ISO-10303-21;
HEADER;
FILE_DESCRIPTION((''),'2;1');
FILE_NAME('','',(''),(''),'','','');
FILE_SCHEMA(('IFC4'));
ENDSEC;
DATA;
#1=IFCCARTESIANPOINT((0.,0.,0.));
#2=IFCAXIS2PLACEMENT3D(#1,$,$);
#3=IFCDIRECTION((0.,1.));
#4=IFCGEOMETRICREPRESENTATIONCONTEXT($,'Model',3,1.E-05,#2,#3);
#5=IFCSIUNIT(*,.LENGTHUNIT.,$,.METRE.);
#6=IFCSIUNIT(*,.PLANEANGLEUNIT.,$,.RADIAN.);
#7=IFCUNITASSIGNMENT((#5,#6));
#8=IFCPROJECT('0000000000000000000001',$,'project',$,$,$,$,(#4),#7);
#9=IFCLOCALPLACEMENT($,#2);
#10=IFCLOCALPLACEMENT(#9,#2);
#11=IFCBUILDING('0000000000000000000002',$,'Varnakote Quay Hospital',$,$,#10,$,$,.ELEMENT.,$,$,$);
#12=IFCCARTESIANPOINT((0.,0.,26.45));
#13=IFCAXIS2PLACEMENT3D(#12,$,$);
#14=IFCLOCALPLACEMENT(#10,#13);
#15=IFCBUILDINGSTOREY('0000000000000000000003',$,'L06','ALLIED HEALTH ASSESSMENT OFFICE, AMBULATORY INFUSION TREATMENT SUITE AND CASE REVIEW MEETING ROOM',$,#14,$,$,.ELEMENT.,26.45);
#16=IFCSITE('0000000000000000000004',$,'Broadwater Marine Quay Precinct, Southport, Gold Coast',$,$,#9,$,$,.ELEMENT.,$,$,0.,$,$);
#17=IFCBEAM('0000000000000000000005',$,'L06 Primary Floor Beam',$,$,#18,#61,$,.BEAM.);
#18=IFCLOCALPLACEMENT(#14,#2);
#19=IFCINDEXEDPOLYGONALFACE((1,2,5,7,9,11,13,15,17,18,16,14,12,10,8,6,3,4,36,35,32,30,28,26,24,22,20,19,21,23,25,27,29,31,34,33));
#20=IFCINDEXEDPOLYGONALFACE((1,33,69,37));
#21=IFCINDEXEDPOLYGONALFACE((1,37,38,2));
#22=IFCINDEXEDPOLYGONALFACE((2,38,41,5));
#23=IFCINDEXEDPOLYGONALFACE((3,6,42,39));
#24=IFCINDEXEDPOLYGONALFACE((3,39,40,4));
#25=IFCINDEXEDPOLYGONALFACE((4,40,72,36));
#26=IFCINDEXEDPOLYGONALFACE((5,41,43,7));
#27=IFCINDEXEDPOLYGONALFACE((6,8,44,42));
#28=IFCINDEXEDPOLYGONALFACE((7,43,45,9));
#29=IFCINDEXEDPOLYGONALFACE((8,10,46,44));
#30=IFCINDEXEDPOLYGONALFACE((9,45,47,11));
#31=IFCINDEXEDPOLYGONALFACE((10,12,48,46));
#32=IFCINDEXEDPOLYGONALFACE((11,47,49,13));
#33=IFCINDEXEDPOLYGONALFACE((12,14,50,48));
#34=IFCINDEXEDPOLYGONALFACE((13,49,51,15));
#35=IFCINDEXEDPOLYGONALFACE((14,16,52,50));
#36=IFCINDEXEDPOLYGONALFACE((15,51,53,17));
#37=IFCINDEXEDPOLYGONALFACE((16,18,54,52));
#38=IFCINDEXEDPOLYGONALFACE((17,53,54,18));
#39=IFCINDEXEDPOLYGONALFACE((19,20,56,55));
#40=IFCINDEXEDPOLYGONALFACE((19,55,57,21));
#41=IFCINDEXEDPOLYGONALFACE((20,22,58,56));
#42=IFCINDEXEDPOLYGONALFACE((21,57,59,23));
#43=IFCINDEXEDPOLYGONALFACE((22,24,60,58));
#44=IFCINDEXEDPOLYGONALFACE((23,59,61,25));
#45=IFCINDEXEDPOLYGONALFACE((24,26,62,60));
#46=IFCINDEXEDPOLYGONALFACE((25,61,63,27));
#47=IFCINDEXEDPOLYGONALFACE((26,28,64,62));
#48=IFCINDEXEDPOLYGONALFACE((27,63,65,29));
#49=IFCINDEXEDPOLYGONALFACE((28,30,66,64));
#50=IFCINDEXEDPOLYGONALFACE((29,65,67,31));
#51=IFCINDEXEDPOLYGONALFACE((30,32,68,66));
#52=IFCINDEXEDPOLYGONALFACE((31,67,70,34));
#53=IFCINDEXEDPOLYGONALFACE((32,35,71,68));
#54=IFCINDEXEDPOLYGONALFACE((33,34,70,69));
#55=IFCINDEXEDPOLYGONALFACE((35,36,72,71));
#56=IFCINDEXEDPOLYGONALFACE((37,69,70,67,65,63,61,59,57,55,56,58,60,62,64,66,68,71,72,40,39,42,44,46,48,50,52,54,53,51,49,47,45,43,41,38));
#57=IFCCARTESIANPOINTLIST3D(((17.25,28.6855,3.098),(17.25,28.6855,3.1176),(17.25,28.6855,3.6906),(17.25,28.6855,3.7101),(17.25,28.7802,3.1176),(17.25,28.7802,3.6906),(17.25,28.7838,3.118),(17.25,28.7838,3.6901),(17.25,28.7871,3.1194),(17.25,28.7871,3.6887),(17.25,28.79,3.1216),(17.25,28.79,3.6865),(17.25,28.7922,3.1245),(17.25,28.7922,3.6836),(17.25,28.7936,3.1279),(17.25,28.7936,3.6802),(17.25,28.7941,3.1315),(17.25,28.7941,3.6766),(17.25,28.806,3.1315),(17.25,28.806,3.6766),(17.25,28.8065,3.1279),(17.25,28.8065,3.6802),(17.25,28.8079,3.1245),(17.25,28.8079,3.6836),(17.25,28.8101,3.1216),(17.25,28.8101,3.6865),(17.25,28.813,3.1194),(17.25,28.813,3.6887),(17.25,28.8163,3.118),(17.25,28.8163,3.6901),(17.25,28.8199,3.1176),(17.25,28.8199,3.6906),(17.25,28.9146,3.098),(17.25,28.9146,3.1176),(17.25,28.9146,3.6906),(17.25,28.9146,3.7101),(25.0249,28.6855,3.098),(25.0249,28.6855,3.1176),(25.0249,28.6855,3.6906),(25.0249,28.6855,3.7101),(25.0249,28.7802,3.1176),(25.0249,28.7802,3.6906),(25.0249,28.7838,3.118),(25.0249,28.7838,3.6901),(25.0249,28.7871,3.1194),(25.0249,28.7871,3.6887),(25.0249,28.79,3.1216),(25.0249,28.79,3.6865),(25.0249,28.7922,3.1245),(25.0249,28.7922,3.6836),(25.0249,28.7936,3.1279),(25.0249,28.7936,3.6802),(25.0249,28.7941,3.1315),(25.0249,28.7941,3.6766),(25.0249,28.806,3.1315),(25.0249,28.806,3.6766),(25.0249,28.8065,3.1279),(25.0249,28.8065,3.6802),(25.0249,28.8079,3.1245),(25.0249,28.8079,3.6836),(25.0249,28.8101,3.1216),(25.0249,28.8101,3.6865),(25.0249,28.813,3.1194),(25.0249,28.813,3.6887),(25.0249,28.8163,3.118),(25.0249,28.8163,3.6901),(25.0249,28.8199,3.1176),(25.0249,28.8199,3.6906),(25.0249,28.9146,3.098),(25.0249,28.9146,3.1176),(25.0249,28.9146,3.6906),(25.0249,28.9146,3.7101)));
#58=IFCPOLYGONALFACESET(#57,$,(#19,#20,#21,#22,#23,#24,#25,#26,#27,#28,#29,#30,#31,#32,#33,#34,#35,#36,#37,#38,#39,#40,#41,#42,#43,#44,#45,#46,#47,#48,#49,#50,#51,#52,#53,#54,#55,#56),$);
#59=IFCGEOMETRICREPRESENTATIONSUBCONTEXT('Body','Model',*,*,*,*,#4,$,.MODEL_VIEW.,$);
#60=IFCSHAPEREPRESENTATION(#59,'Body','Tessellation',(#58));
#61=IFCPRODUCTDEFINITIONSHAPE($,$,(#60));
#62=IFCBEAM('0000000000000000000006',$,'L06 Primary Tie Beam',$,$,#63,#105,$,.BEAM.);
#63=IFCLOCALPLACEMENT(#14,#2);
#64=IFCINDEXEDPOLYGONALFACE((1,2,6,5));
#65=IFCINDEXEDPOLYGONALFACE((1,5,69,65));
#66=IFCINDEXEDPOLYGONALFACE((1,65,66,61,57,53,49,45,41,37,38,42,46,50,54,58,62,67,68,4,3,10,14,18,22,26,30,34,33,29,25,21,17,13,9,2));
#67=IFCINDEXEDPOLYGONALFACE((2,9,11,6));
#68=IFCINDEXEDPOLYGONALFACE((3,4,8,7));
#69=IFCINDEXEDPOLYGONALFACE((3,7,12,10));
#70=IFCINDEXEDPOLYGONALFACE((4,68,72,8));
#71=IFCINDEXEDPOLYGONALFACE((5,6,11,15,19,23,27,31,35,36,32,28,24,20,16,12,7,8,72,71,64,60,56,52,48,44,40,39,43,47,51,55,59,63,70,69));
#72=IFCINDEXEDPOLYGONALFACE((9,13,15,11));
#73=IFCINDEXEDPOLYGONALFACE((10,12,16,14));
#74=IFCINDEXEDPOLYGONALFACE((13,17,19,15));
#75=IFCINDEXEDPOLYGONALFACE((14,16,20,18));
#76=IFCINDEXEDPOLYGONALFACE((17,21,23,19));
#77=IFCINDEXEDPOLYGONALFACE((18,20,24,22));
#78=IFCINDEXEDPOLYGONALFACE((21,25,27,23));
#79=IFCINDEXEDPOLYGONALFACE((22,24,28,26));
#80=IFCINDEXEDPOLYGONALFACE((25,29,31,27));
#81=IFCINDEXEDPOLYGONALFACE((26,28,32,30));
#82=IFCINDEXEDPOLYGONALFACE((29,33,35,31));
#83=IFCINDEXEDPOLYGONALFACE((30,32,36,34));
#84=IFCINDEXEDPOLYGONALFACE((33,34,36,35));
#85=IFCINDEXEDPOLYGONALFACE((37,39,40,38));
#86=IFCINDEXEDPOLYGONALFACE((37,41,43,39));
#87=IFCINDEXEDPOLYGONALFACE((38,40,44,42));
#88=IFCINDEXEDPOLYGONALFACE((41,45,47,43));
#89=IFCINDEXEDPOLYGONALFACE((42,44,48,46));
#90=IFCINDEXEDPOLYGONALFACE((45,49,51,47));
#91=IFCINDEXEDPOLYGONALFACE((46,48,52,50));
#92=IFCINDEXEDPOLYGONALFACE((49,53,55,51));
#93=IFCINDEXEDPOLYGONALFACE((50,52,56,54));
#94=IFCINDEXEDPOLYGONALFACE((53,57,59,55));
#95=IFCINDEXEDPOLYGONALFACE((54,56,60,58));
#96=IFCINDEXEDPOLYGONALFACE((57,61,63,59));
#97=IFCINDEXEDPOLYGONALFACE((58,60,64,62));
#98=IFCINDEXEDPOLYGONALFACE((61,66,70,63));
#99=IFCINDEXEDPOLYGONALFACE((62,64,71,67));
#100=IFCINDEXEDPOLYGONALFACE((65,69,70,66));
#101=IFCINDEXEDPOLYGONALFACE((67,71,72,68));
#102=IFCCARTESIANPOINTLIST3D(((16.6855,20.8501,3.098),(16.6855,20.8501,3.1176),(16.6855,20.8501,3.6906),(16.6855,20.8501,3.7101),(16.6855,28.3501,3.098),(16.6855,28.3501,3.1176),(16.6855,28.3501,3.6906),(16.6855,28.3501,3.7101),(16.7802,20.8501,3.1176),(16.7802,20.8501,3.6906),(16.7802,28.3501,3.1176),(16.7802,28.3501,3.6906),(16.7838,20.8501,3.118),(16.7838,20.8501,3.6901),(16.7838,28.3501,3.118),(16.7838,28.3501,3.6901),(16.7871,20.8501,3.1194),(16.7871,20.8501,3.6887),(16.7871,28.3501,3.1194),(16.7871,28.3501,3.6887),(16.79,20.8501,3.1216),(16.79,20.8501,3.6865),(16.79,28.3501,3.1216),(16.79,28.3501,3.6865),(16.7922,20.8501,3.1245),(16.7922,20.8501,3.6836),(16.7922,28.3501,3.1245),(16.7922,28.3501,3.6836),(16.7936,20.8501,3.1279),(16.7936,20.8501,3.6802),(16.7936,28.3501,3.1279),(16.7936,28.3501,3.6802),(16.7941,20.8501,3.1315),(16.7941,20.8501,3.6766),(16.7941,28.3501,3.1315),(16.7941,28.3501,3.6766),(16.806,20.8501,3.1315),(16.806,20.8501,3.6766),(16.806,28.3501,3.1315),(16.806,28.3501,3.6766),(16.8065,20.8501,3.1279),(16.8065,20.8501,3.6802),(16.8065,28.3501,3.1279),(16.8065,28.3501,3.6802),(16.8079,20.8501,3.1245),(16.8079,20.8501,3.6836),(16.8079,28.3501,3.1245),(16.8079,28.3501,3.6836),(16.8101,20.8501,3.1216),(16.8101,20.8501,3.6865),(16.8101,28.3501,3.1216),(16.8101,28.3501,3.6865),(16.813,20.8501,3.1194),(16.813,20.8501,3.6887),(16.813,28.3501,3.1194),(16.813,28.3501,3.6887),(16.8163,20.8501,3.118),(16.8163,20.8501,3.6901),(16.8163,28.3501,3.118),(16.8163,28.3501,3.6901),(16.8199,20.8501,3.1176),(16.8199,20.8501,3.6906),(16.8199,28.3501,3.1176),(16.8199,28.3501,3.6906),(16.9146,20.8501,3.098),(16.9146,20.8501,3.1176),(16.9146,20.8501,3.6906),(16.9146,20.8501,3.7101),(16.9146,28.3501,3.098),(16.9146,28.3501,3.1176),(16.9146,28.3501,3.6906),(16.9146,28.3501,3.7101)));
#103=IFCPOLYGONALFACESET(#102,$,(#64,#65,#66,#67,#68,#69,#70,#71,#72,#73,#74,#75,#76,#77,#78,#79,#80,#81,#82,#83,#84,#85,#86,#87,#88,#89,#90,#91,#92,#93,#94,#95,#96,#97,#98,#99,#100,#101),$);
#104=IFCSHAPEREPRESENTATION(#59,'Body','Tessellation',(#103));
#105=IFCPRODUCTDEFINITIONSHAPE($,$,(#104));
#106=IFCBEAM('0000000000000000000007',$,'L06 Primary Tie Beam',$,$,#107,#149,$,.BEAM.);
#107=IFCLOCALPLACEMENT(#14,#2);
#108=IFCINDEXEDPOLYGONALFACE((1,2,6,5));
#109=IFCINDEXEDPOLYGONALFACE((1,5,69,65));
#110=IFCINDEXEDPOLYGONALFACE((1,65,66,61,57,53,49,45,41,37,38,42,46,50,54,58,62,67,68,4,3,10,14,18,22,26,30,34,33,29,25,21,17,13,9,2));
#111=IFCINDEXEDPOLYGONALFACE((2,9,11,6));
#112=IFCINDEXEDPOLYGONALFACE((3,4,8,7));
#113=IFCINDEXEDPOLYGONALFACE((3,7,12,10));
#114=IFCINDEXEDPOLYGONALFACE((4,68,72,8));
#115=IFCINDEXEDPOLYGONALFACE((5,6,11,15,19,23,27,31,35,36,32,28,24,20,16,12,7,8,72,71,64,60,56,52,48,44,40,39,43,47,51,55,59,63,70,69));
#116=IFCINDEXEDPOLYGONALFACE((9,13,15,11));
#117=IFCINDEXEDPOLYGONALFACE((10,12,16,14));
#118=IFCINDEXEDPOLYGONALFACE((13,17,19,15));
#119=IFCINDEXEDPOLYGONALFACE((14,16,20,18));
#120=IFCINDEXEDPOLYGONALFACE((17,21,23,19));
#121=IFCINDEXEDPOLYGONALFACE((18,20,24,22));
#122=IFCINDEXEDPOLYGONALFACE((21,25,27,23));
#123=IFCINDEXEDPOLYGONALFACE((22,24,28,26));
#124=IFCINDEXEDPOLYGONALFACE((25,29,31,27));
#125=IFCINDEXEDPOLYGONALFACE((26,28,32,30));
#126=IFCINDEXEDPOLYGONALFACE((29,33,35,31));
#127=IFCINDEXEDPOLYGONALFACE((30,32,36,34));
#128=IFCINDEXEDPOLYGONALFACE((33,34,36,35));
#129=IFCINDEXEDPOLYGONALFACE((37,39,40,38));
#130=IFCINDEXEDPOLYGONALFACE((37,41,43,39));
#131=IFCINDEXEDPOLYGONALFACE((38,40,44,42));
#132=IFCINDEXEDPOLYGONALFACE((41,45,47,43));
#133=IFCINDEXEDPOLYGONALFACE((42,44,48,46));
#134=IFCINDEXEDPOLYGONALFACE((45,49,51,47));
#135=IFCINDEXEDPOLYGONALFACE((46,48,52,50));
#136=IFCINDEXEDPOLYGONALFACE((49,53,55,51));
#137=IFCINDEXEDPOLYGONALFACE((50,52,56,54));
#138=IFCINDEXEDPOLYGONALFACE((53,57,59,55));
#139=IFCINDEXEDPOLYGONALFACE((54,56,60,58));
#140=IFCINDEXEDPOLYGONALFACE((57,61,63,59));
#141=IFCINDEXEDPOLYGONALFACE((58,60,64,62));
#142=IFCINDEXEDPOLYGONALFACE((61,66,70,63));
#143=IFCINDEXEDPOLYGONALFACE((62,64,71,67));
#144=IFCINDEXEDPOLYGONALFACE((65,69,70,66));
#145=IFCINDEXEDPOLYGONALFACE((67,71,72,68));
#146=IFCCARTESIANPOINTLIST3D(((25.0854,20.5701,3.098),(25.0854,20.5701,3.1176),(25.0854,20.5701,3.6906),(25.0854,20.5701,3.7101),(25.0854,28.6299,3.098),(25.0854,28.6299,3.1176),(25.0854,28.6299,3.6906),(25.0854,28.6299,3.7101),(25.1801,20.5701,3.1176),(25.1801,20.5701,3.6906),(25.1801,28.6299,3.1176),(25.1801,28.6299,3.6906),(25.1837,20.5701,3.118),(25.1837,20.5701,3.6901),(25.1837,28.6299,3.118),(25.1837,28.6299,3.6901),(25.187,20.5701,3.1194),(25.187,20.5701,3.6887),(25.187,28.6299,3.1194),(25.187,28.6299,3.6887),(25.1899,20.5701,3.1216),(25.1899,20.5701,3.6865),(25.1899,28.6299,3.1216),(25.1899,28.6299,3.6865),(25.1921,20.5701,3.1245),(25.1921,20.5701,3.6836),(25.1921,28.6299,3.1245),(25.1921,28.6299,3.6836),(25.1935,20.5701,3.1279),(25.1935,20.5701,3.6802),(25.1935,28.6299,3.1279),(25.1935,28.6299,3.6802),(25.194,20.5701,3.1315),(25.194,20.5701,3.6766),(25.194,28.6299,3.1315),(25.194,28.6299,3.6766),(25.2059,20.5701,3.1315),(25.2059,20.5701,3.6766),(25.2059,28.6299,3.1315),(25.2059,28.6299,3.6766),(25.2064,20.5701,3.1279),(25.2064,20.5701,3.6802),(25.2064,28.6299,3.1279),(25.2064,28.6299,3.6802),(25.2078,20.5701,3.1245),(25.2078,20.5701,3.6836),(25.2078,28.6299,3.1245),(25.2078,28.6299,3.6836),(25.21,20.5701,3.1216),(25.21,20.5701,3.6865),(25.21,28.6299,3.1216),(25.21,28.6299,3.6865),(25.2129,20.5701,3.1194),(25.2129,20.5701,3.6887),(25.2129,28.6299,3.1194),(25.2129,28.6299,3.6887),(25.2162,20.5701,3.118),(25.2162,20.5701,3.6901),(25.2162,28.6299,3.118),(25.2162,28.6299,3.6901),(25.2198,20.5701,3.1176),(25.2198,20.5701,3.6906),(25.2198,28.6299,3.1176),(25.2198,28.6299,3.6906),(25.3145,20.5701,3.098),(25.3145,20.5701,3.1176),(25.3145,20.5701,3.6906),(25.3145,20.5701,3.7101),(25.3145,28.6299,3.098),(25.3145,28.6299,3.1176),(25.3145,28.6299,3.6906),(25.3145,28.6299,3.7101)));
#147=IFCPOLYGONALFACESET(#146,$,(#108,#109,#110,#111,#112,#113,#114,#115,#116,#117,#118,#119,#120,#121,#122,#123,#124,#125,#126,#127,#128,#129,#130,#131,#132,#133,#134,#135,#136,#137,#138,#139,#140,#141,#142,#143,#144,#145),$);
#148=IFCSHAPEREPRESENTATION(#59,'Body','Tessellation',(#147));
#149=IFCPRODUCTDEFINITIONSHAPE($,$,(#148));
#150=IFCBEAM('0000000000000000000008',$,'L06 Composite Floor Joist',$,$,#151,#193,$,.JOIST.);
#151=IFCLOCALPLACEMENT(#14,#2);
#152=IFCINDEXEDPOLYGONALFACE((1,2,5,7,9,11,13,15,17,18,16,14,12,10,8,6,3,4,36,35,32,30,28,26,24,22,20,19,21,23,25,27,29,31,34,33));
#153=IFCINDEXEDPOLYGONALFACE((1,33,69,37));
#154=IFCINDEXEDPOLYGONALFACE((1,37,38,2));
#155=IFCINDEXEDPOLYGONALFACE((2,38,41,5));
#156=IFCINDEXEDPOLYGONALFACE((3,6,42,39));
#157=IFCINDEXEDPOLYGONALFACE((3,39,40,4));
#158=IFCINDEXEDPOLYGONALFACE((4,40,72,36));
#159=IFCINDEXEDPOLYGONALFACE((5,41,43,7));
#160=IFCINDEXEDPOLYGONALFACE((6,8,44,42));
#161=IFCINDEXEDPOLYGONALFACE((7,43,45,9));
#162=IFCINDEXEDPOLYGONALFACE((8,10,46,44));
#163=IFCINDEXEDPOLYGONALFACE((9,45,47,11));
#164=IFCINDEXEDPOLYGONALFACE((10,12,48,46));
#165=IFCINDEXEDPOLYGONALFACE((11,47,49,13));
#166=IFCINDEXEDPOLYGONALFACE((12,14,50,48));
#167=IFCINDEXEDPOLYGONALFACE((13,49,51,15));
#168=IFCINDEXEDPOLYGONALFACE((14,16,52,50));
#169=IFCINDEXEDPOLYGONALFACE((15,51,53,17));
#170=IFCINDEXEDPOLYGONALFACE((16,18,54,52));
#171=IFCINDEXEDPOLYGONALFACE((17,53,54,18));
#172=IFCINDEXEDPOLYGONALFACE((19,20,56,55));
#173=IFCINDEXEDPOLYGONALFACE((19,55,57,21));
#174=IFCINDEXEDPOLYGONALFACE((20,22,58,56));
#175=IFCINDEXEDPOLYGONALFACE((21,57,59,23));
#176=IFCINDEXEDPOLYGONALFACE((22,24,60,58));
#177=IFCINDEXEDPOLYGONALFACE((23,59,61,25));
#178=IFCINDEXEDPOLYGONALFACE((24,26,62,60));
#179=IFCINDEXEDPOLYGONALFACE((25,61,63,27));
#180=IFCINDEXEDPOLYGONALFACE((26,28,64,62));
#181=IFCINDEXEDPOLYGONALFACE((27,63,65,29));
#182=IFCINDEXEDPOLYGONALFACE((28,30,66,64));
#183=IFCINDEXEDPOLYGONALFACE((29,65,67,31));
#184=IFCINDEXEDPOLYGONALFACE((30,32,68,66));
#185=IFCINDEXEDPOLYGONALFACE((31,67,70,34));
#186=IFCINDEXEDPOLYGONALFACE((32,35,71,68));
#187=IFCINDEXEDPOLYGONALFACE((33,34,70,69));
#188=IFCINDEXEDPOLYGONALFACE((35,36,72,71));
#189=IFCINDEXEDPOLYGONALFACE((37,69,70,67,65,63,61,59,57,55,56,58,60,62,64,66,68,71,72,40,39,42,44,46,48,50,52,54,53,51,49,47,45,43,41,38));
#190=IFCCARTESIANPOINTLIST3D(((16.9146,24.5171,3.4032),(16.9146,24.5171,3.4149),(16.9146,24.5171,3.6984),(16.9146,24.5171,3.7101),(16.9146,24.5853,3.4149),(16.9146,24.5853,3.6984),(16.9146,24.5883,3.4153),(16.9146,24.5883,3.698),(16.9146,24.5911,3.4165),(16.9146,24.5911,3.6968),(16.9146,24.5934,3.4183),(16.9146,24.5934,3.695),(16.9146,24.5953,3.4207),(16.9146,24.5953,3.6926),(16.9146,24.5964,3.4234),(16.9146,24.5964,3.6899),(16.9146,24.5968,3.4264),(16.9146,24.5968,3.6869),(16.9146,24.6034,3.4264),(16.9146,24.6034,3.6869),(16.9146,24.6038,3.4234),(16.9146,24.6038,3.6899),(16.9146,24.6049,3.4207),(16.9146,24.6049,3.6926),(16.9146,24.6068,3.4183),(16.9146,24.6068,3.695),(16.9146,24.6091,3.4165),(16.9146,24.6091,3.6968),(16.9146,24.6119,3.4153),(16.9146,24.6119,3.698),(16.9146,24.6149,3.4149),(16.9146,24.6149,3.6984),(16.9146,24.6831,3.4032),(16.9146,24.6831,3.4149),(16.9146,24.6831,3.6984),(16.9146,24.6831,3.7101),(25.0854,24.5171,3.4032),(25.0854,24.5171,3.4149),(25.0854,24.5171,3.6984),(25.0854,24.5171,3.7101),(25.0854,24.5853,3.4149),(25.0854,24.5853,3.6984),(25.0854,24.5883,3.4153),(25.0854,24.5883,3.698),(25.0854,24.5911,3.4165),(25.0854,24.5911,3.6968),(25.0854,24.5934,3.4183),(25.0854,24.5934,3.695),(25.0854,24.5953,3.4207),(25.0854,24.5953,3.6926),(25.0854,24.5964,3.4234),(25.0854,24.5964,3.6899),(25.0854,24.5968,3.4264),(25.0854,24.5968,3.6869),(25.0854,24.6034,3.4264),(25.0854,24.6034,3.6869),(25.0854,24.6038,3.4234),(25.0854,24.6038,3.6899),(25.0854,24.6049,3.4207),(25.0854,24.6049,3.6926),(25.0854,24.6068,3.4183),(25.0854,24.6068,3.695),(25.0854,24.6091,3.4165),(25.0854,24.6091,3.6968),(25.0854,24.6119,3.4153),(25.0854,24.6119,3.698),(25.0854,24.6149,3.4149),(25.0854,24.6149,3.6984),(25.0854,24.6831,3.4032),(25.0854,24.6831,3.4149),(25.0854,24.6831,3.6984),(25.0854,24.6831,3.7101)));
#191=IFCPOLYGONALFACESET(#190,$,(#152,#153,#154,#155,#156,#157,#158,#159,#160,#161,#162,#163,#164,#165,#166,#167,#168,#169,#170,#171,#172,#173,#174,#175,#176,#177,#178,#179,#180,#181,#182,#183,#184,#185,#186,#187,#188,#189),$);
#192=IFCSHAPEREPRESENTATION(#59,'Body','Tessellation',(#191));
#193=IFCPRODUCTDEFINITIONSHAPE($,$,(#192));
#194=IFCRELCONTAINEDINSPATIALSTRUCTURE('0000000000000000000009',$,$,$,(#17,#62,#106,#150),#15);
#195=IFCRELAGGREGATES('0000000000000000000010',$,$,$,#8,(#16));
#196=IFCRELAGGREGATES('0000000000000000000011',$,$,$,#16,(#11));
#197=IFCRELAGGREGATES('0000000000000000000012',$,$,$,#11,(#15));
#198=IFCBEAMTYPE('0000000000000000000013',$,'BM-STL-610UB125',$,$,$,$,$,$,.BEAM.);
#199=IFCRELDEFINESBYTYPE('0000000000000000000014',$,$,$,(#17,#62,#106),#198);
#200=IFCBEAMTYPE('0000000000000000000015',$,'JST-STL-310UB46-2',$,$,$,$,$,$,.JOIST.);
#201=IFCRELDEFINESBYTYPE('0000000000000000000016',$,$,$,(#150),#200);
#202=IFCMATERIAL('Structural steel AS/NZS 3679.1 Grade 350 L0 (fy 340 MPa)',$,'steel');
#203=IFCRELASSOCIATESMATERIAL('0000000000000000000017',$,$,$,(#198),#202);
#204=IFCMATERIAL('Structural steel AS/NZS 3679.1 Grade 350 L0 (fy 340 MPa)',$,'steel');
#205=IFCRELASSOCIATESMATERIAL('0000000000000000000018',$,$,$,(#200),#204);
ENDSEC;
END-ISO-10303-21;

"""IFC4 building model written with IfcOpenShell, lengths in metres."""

from ifc_helpers import new_model, si_unit, direction, frame, origin, origin_2d, place, context, subcontext, project, spatial, i_section, extrude, material, material_profile, profile_set, type_object, element, save


model = new_model("IFC4")

# Units and contexts
model_context = context("Model", 3, precision=1e-05, world=origin(), true_north=direction((0.0, 1.0)))
body_context = subcontext(model_context, "Body", "Model", "MODEL_VIEW")
ifc_project = project(units=[si_unit("LENGTHUNIT", "METRE"), si_unit("PLANEANGLEUNIT", "RADIAN")], contexts=[model_context])

# Site, building, storey
site_placement = place(None, origin())
site = spatial("IfcSite", under=ifc_project, at=site_placement, Name="Broadwater Marine Quay Precinct, Southport, Gold Coast", CompositionType="ELEMENT", RefElevation=0.0)
building_placement = place(site_placement, origin())
building = spatial("IfcBuilding", under=site, at=building_placement, Name="Varnakote Quay Hospital", CompositionType="ELEMENT")
storey_placement = place(building_placement, frame((0.0, 0.0, 26.45)))
storey = spatial("IfcBuildingStorey", under=building, at=storey_placement, Name="L06", Description="ALLIED HEALTH ASSESSMENT OFFICE, AMBULATORY INFUSION TREATMENT SUITE AND CASE REVIEW MEETING ROOM", CompositionType="ELEMENT", Elevation=26.45)

# Beams
ifc_material_1 = material(Name="Structural steel AS/NZS 3679.1 Grade 350 L0 (fy 340 MPa)", Category="steel")
ifc_material_profile_1 = material_profile(ifc_material_1, i_section(OverallWidth=0.229, OverallDepth=0.6121, WebThickness=0.012, FlangeThickness=0.0195, FilletRadius=0.0139, at=origin_2d()), Name="610UB125")
ifc_profile_set_1 = profile_set([ifc_material_profile_1], Name="Structural steel AS/NZS 3679.1 Grade 350 L0 (fy 340 MPa)")
beam_type_1 = type_object("IfcBeamType", Name="BM-STL-610UB125", PredefinedType="BEAM", material=ifc_profile_set_1)
for number, where, z_axis, x_axis, name in (
    (1, (17.25, 28.8, 3.4041), (1.0, 0.0, 0.0), (0.0, 1.0, 0.0), "L06 Primary Floor Beam"),
):
    element("IfcBeam", number, at=place(storey_placement, frame(where, z_axis=z_axis, x_axis=x_axis)), inside=storey, type_object=beam_type_1, Name=name, PredefinedType="BEAM", context=body_context, shape_type="SweptSolid", body=[
        extrude(i_section(OverallWidth=0.229, OverallDepth=0.6121, WebThickness=0.012, FlangeThickness=0.0195, FilletRadius=0.0139, at=origin_2d()), origin(), (0.0, 0.0, 1.0), 7.7749),
    ])
beam_1_placement = place(storey_placement, frame((16.8, 20.8501, 3.4041), z_axis=(0.0, 1.0, 0.0), x_axis=(-1.0, 0.0, 0.0)))
element("IfcBeam", 2, at=beam_1_placement, inside=storey, type_object=beam_type_1, Name="L06 Primary Tie Beam", PredefinedType="BEAM", context=body_context, shape_type="SweptSolid", body=[
    extrude(i_section(OverallWidth=0.229, OverallDepth=0.6121, WebThickness=0.012, FlangeThickness=0.0195, FilletRadius=0.0139, at=origin_2d()), origin(), (0.0, 0.0, 1.0), 7.5),
])
beam_2_placement = place(storey_placement, frame((25.2, 20.5701, 3.4041), z_axis=(0.0, 1.0, 0.0), x_axis=(-1.0, 0.0, 0.0)))
element("IfcBeam", 3, at=beam_2_placement, inside=storey, type_object=beam_type_1, Name="L06 Primary Tie Beam", PredefinedType="BEAM", context=body_context, shape_type="SweptSolid", body=[
    extrude(i_section(OverallWidth=0.229, OverallDepth=0.6121, WebThickness=0.012, FlangeThickness=0.0195, FilletRadius=0.0139, at=origin_2d()), origin(), (0.0, 0.0, 1.0), 8.0598),
])
ifc_material_2 = material(Name="Structural steel AS/NZS 3679.1 Grade 350 L0 (fy 340 MPa)", Category="steel")
ifc_material_profile_2 = material_profile(ifc_material_2, i_section(OverallWidth=0.166, OverallDepth=0.3069, WebThickness=0.0066, FlangeThickness=0.0117, FilletRadius=0.0115, at=origin_2d()), Name="310UB46.2")
ifc_profile_set_2 = profile_set([ifc_material_profile_2], Name="Structural steel AS/NZS 3679.1 Grade 350 L0 (fy 340 MPa)")
beam_type_2 = type_object("IfcBeamType", Name="JST-STL-310UB46-2", PredefinedType="JOIST", material=ifc_profile_set_2)
beam_3_placement = place(storey_placement, frame((16.9146, 24.6001, 3.5566), z_axis=(1.0, 0.0, 0.0), x_axis=(0.0, 1.0, 0.0)))
element("IfcBeam", 4, at=beam_3_placement, inside=storey, type_object=beam_type_2, Name="L06 Composite Floor Joist", PredefinedType="JOIST", context=body_context, shape_type="SweptSolid", body=[
    extrude(i_section(OverallWidth=0.166, OverallDepth=0.3069, WebThickness=0.0066, FlangeThickness=0.0117, FilletRadius=0.0115, at=origin_2d()), origin(), (0.0, 0.0, 1.0), 8.1709),
])

save(model, "model.ifc")
